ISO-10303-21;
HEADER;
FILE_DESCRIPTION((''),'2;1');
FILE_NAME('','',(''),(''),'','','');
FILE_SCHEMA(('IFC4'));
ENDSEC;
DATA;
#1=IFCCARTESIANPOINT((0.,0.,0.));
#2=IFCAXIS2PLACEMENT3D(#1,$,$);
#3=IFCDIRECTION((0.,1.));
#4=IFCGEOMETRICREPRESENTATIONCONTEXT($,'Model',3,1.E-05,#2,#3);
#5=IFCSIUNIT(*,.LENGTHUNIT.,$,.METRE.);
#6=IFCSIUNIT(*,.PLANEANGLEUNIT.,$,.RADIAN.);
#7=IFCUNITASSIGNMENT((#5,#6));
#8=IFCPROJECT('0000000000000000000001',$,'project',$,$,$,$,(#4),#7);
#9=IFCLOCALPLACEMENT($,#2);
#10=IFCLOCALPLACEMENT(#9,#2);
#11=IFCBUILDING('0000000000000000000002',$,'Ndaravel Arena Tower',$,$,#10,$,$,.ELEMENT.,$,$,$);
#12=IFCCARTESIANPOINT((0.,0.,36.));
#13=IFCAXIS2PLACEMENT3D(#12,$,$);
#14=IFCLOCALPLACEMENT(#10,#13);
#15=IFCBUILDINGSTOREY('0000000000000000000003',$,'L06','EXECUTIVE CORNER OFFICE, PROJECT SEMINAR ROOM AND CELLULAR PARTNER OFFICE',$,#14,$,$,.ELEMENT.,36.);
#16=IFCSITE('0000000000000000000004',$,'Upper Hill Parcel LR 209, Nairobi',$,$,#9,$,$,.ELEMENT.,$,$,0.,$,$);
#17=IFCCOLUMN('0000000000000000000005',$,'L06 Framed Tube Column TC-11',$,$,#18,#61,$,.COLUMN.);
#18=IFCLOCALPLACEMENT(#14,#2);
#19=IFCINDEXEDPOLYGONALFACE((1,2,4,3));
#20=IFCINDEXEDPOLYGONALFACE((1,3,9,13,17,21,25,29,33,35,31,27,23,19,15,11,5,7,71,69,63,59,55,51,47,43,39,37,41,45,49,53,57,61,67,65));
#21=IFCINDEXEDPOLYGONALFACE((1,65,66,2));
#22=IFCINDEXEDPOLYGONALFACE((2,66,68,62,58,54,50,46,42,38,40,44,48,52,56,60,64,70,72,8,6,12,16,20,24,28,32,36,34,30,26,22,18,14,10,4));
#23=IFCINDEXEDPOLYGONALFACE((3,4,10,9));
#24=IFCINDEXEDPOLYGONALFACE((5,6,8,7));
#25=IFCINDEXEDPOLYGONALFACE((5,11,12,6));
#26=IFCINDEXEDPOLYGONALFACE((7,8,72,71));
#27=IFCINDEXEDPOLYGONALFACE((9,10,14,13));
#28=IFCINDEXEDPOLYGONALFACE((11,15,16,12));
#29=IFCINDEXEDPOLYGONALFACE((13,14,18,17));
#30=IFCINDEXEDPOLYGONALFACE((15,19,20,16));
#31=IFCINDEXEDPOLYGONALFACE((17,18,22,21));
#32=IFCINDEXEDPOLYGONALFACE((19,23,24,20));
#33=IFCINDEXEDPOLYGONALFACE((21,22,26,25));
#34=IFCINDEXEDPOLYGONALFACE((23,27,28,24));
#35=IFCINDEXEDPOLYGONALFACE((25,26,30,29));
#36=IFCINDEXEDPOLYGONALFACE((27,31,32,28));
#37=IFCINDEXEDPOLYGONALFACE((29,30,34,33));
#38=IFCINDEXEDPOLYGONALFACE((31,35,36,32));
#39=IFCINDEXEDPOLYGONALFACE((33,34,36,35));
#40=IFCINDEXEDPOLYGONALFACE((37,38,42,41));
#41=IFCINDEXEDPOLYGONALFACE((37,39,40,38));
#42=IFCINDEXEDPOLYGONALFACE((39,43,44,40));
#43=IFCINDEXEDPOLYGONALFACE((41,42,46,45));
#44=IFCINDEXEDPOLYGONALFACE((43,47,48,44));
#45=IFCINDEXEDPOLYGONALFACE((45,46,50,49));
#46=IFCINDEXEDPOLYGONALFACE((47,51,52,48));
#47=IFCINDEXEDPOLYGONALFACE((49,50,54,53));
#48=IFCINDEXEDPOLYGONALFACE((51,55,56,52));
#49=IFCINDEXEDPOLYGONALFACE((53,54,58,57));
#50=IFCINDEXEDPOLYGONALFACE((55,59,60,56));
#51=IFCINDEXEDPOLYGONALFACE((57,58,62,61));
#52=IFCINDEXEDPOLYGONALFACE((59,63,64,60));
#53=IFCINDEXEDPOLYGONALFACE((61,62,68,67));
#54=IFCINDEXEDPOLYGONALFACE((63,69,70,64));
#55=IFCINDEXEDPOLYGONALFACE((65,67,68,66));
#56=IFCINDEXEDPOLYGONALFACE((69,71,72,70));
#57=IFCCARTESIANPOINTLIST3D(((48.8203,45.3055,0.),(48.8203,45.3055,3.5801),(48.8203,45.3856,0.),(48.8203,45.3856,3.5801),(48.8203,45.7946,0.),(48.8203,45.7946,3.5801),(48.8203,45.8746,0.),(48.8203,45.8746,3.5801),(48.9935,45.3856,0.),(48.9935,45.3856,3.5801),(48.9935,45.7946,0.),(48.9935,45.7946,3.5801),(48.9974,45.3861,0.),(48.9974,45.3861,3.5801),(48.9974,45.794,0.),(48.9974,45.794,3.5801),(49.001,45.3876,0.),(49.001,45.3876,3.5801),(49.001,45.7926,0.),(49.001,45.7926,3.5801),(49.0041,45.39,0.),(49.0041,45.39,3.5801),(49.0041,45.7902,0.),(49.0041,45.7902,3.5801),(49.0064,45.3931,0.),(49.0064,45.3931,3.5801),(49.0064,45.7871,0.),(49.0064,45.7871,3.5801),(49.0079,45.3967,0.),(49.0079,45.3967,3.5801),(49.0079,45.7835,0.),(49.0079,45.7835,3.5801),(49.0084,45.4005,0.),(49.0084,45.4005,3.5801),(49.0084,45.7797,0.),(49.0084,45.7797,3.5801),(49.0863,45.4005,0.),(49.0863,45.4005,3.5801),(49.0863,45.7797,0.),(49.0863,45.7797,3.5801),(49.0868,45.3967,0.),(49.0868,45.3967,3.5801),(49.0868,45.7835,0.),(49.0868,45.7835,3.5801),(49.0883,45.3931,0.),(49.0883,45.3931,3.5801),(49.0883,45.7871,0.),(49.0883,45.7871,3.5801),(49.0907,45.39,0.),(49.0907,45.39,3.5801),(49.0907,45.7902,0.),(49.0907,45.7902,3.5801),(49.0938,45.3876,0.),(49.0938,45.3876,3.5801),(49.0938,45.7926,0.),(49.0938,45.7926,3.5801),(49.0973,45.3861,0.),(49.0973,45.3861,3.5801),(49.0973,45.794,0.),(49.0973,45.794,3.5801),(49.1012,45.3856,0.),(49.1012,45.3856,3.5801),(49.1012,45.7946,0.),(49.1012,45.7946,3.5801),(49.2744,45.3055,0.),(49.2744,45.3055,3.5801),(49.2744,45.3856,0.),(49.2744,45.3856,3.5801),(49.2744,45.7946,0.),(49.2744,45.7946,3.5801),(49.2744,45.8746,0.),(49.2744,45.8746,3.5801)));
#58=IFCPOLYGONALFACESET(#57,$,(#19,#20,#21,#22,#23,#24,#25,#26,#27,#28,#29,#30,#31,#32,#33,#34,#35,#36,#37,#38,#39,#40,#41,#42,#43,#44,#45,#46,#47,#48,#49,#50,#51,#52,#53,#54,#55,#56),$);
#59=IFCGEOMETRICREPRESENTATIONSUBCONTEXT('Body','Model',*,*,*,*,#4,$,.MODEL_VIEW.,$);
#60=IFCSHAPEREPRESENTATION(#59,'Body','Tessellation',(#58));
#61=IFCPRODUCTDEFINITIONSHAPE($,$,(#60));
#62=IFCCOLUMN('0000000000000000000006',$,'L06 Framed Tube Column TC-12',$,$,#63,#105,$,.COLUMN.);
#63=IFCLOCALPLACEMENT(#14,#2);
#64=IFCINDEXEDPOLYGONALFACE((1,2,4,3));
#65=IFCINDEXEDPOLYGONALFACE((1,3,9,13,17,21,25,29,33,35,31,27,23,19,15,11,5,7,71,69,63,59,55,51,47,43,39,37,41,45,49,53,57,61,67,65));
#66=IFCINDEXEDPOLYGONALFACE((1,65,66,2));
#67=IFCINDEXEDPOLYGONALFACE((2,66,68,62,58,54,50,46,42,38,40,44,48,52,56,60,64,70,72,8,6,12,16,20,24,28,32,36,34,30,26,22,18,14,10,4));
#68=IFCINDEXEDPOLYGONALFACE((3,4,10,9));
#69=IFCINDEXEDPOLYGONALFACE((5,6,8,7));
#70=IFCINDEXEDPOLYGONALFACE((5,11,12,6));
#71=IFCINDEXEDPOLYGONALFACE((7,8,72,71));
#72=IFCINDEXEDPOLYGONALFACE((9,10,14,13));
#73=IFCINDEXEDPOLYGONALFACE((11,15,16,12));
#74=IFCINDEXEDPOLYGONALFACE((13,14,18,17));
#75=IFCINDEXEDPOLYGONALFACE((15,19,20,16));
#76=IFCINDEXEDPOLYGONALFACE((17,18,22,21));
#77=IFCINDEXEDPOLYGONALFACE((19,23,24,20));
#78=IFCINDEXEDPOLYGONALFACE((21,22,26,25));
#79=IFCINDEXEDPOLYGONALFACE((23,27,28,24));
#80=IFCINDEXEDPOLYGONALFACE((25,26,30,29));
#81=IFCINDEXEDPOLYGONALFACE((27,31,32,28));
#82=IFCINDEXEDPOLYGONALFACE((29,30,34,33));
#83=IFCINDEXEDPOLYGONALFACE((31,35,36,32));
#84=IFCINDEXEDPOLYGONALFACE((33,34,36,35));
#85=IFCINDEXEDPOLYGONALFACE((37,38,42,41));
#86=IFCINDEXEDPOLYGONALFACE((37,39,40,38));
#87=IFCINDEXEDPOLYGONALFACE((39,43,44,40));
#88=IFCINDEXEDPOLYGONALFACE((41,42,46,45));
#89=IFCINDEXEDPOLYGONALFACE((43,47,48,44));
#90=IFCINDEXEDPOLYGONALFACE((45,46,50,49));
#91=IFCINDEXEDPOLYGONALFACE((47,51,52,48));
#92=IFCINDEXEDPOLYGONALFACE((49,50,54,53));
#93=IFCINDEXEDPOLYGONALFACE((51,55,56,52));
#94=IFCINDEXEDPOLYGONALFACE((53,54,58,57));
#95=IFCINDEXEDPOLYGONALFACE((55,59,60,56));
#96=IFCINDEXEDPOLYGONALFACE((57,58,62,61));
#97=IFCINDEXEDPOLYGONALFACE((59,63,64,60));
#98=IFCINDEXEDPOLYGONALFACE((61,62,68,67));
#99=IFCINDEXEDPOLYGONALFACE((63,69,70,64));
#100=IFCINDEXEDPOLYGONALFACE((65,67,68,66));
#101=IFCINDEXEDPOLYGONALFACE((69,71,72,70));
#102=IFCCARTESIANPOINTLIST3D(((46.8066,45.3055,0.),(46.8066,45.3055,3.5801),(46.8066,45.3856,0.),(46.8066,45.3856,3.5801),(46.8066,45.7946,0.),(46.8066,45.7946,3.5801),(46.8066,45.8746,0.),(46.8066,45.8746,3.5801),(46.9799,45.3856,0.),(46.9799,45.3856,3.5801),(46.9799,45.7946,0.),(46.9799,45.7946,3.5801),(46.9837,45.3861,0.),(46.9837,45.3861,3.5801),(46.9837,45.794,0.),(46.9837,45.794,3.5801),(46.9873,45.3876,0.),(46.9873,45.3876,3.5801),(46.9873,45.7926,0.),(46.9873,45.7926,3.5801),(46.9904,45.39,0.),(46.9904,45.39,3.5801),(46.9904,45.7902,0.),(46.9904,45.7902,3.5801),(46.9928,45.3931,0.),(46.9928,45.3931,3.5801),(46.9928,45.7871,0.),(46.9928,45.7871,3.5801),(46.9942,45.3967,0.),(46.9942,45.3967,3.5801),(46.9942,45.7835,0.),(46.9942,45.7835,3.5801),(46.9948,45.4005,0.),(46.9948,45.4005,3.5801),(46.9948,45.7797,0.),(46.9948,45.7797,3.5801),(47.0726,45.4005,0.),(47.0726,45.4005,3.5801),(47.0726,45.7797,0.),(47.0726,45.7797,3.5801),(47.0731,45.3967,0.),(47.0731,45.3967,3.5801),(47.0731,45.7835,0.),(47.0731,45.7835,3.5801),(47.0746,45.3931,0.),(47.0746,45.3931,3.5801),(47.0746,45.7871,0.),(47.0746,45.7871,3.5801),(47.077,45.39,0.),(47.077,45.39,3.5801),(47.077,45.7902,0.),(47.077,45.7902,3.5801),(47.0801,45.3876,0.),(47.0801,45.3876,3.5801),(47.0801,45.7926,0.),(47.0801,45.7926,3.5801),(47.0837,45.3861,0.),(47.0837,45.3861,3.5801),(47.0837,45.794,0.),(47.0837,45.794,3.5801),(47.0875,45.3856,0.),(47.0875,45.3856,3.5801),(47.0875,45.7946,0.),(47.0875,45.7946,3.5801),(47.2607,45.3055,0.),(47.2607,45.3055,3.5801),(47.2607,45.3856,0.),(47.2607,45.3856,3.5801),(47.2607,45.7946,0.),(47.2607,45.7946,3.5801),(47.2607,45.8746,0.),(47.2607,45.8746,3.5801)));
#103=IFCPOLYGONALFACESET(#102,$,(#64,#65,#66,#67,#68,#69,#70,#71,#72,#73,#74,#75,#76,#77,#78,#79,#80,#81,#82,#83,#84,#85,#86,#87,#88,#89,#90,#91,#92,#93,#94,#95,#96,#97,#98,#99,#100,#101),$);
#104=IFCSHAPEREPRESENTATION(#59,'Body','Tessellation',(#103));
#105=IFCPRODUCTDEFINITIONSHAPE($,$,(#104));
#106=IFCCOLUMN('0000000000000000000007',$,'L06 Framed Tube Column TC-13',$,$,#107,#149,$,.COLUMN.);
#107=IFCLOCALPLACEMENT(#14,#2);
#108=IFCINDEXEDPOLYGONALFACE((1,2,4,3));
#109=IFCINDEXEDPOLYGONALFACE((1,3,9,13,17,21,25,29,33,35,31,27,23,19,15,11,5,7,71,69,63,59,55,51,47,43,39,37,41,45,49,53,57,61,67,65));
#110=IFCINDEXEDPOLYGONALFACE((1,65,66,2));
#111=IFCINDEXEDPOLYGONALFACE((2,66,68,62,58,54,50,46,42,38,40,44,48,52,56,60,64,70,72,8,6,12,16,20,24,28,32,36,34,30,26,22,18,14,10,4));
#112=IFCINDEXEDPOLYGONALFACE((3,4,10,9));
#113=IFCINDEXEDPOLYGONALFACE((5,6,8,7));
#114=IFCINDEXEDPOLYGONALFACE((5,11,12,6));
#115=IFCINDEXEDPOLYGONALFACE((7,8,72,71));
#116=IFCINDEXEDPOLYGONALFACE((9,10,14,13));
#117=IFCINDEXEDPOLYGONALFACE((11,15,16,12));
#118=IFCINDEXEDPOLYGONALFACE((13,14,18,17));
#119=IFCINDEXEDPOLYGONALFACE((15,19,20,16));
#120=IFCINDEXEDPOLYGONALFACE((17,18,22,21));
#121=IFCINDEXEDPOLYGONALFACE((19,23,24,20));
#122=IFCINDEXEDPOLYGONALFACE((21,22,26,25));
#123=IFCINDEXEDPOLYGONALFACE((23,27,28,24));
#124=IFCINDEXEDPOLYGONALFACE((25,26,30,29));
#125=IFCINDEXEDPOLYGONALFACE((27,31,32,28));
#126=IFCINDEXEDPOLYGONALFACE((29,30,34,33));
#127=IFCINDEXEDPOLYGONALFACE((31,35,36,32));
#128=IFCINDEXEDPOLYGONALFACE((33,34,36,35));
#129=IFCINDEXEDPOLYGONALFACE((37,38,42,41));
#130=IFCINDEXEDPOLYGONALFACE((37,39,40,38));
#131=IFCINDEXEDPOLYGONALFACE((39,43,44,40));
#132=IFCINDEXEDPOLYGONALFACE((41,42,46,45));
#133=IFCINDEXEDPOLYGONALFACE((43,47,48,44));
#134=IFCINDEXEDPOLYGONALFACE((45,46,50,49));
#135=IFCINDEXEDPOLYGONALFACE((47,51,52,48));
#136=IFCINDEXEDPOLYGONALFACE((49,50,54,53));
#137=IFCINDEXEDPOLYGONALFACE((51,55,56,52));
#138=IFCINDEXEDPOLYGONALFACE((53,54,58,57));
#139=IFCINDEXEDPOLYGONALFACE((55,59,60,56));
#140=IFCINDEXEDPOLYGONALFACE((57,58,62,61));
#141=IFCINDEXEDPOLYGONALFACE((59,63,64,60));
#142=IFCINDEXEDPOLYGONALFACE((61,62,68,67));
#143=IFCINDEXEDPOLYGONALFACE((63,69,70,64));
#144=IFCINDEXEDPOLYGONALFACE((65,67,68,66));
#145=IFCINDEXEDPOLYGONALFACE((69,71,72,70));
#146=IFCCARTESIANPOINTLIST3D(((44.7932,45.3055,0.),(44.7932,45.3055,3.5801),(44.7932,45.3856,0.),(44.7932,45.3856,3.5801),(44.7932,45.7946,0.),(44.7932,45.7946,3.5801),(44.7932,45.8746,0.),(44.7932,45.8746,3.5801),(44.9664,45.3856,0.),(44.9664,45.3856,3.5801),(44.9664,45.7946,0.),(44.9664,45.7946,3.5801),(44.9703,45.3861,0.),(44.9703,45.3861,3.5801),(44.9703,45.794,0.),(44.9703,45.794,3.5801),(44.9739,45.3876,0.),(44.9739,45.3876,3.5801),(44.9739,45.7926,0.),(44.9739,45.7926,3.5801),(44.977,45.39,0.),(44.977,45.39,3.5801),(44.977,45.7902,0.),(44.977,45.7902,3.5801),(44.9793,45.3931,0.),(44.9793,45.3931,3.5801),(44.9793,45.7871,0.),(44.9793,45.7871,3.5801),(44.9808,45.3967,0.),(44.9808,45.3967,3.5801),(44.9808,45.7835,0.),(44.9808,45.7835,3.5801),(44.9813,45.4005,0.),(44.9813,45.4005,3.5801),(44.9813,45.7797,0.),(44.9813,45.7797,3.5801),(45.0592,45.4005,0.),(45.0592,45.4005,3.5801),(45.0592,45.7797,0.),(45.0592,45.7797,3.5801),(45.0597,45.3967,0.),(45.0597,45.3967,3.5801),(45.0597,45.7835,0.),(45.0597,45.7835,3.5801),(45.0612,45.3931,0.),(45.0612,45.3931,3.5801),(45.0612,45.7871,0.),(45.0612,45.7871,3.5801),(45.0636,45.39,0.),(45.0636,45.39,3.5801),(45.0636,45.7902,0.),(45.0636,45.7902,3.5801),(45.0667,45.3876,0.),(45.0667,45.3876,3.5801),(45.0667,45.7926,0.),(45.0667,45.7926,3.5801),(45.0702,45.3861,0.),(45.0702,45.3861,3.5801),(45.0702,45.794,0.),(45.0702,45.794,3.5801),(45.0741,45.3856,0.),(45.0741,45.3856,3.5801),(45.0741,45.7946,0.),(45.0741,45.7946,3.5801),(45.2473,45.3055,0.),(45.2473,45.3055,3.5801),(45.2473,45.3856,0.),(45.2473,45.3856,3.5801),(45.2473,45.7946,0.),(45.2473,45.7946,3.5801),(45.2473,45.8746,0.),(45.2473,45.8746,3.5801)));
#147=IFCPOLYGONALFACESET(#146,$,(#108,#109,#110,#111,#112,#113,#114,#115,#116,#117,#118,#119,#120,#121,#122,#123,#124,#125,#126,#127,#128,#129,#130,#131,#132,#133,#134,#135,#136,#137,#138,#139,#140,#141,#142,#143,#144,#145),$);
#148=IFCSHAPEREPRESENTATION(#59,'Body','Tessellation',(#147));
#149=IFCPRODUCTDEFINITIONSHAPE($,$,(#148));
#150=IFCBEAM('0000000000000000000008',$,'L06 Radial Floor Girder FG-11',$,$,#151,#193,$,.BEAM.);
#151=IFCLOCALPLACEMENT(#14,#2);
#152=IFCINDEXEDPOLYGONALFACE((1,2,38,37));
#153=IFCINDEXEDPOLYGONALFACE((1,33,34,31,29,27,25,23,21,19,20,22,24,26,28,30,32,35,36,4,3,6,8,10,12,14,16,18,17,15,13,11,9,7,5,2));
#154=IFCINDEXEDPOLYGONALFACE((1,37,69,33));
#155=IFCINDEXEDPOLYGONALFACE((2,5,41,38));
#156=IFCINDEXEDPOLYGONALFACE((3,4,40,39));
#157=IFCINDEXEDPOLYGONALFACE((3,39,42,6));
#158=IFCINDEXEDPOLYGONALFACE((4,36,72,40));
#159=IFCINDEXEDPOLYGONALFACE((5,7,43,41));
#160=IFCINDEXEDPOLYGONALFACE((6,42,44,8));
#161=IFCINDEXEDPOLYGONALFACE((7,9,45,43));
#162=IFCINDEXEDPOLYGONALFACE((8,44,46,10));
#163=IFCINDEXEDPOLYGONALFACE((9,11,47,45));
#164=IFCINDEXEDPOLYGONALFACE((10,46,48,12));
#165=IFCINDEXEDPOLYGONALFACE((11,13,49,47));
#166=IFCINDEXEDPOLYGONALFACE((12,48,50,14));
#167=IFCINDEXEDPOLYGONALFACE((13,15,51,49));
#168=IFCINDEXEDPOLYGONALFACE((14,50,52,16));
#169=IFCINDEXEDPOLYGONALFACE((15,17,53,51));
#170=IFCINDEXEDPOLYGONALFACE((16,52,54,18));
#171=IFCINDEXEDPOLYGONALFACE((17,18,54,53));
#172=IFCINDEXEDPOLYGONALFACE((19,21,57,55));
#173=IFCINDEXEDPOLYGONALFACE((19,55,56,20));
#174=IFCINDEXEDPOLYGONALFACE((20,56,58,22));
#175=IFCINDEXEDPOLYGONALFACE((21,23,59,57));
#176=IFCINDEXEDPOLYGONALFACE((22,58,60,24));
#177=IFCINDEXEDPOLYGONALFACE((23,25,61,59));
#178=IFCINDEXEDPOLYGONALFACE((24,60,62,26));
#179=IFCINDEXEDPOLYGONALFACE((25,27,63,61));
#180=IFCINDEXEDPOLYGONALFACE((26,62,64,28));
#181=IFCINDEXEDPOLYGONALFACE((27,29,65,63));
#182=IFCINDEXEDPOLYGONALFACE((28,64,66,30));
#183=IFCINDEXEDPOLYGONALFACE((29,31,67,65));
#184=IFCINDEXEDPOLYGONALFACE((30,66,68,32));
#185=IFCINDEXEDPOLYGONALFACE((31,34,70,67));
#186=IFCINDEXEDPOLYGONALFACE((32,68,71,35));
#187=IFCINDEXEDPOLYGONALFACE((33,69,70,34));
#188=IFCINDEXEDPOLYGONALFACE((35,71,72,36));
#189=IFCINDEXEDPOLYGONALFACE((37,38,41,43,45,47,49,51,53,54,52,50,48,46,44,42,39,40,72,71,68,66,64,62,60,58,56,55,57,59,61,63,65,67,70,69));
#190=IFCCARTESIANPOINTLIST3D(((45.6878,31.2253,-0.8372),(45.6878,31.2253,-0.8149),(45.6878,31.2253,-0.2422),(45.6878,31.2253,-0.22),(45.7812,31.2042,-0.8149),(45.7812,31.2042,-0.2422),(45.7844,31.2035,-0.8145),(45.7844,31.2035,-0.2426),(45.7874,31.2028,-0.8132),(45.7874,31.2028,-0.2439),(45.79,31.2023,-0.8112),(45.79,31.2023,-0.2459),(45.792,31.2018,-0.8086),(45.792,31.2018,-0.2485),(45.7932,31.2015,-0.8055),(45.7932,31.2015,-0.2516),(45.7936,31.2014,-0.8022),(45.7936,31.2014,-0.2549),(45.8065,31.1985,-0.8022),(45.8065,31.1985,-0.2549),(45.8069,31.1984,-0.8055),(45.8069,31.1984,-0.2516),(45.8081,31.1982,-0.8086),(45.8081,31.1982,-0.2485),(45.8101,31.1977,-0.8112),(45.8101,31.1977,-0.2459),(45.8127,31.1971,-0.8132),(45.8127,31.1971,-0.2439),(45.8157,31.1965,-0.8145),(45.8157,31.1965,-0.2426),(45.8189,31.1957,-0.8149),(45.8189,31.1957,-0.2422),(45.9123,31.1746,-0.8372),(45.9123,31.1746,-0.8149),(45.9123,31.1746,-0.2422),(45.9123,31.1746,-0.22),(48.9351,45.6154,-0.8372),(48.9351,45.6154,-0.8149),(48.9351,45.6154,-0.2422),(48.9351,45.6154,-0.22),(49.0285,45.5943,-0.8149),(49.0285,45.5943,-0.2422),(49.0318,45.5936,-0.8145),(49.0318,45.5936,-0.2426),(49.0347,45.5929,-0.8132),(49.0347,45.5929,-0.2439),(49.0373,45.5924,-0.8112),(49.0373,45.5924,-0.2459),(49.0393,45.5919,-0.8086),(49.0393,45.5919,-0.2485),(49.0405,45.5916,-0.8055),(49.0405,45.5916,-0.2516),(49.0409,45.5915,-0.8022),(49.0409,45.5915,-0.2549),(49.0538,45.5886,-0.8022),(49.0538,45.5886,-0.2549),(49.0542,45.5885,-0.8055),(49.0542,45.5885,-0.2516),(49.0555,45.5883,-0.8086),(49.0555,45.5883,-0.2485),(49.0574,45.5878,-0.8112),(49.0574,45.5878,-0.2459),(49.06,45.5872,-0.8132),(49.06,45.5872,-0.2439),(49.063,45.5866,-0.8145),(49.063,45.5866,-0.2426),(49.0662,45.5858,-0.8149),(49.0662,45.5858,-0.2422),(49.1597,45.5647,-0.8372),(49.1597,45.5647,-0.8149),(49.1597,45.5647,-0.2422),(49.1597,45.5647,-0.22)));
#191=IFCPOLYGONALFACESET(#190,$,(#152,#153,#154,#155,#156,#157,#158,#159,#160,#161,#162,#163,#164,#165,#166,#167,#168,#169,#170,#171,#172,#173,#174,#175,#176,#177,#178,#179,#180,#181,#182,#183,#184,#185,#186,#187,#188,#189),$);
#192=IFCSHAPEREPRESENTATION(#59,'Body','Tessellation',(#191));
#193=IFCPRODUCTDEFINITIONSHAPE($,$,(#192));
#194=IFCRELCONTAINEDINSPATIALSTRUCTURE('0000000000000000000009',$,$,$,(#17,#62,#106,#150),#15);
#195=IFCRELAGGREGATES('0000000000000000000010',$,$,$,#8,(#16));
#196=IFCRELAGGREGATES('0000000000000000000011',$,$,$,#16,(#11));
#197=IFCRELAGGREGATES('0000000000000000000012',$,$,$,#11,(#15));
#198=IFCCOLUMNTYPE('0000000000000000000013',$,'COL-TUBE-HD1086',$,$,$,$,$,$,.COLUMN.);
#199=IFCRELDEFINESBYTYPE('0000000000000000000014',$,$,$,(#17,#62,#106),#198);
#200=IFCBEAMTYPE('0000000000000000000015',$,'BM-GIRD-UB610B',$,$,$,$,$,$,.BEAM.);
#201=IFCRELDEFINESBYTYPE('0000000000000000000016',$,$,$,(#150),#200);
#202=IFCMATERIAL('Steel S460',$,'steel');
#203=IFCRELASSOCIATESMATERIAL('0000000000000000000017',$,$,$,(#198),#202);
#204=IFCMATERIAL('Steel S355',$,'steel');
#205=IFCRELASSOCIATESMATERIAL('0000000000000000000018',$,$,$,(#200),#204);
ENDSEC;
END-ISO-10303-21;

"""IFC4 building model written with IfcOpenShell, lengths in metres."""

from ifc_helpers import new_model, si_unit, direction, frame, origin, origin_2d, place, context, subcontext, project, spatial, i_section, extrude, material, material_profile, profile_set, type_object, element, save


model = new_model("IFC4")

# Units and contexts
model_context = context("Model", 3, precision=1e-05, world=origin(), true_north=direction((0.0, 1.0)))
body_context = subcontext(model_context, "Body", "Model", "MODEL_VIEW")
ifc_project = project(units=[si_unit("LENGTHUNIT", "METRE"), si_unit("PLANEANGLEUNIT", "RADIAN")], contexts=[model_context])

# Site, building, storey
site_placement = place(None, origin())
site = spatial("IfcSite", under=ifc_project, at=site_placement, Name="Upper Hill Parcel LR 209, Nairobi", CompositionType="ELEMENT", RefElevation=0.0)
building_placement = place(site_placement, origin())
building = spatial("IfcBuilding", under=site, at=building_placement, Name="Ndaravel Arena Tower", CompositionType="ELEMENT")
storey_placement = place(building_placement, frame((0.0, 0.0, 36.0)))
storey = spatial("IfcBuildingStorey", under=building, at=storey_placement, Name="L06", Description="EXECUTIVE CORNER OFFICE, PROJECT SEMINAR ROOM AND CELLULAR PARTNER OFFICE", CompositionType="ELEMENT", Elevation=36.0)

# Columns
ifc_material_1 = material(Name="Steel S460", Category="steel")
ifc_material_profile_1 = material_profile(ifc_material_1, i_section(OverallWidth=0.4541, OverallDepth=0.5691, WebThickness=0.0779, FlangeThickness=0.0801, FilletRadius=0.0149, at=origin_2d()), Name="HD 400x1086")
ifc_profile_set_1 = profile_set([ifc_material_profile_1], Name="Steel S460")
column_type = type_object("IfcColumnType", Name="COL-TUBE-HD1086", PredefinedType="COLUMN", material=ifc_profile_set_1)
for number, where, z_axis, x_axis, name in (
    (1, (49.0474, 45.5901, 0.0), (0.0, 0.0, 1.0), (1.0, 0.0, 0.0), "L06 Framed Tube Column TC-11"),
    (2, (47.0337, 45.5901, 0.0), (0.0, 0.0, 1.0), (1.0, 0.0, 0.0), "L06 Framed Tube Column TC-12"),
    (3, (45.0203, 45.5901, 0.0), (0.0, 0.0, 1.0), (1.0, 0.0, 0.0), "L06 Framed Tube Column TC-13"),
):
    element("IfcColumn", number, at=place(storey_placement, frame(where, z_axis=z_axis, x_axis=x_axis)), inside=storey, type_object=column_type, Name=name, PredefinedType="COLUMN", context=body_context, shape_type="SweptSolid", body=[
        extrude(i_section(OverallWidth=0.4541, OverallDepth=0.5691, WebThickness=0.0779, FlangeThickness=0.0801, FilletRadius=0.0149, at=origin_2d()), origin(), (0.0, 0.0, 1.0), 3.5801),
    ])

# Beam
ifc_material_2 = material(Name="Steel S355", Category="steel")
ifc_material_profile_2 = material_profile(ifc_material_2, i_section(OverallWidth=0.2302, OverallDepth=0.6172, WebThickness=0.0132, FlangeThickness=0.0222, FilletRadius=0.0127, at=origin_2d()), Name="UB 610x229x140")
ifc_profile_set_2 = profile_set([ifc_material_profile_2], Name="Steel S355")
beam_type_1 = type_object("IfcBeamType", Name="BM-GIRD-UB610B", PredefinedType="BEAM", material=ifc_profile_set_2)
beam_1_placement = place(storey_placement, frame((49.0474, 45.5901, -0.5286), z_axis=(-0.220127, -0.975471, 0.0), x_axis=(0.975471, -0.220127, 0.0)))
element("IfcBeam", 4, at=beam_1_placement, inside=storey, type_object=beam_type_1, Name="L06 Radial Floor Girder FG-11", PredefinedType="BEAM", context=body_context, shape_type="SweptSolid", body=[
    extrude(i_section(OverallWidth=0.2302, OverallDepth=0.6172, WebThickness=0.0132, FlangeThickness=0.0222, FilletRadius=0.0127, at=origin_2d()), origin(), (0.0, 0.0, 1.0), 14.752),
])

save(model, "model.ifc")
